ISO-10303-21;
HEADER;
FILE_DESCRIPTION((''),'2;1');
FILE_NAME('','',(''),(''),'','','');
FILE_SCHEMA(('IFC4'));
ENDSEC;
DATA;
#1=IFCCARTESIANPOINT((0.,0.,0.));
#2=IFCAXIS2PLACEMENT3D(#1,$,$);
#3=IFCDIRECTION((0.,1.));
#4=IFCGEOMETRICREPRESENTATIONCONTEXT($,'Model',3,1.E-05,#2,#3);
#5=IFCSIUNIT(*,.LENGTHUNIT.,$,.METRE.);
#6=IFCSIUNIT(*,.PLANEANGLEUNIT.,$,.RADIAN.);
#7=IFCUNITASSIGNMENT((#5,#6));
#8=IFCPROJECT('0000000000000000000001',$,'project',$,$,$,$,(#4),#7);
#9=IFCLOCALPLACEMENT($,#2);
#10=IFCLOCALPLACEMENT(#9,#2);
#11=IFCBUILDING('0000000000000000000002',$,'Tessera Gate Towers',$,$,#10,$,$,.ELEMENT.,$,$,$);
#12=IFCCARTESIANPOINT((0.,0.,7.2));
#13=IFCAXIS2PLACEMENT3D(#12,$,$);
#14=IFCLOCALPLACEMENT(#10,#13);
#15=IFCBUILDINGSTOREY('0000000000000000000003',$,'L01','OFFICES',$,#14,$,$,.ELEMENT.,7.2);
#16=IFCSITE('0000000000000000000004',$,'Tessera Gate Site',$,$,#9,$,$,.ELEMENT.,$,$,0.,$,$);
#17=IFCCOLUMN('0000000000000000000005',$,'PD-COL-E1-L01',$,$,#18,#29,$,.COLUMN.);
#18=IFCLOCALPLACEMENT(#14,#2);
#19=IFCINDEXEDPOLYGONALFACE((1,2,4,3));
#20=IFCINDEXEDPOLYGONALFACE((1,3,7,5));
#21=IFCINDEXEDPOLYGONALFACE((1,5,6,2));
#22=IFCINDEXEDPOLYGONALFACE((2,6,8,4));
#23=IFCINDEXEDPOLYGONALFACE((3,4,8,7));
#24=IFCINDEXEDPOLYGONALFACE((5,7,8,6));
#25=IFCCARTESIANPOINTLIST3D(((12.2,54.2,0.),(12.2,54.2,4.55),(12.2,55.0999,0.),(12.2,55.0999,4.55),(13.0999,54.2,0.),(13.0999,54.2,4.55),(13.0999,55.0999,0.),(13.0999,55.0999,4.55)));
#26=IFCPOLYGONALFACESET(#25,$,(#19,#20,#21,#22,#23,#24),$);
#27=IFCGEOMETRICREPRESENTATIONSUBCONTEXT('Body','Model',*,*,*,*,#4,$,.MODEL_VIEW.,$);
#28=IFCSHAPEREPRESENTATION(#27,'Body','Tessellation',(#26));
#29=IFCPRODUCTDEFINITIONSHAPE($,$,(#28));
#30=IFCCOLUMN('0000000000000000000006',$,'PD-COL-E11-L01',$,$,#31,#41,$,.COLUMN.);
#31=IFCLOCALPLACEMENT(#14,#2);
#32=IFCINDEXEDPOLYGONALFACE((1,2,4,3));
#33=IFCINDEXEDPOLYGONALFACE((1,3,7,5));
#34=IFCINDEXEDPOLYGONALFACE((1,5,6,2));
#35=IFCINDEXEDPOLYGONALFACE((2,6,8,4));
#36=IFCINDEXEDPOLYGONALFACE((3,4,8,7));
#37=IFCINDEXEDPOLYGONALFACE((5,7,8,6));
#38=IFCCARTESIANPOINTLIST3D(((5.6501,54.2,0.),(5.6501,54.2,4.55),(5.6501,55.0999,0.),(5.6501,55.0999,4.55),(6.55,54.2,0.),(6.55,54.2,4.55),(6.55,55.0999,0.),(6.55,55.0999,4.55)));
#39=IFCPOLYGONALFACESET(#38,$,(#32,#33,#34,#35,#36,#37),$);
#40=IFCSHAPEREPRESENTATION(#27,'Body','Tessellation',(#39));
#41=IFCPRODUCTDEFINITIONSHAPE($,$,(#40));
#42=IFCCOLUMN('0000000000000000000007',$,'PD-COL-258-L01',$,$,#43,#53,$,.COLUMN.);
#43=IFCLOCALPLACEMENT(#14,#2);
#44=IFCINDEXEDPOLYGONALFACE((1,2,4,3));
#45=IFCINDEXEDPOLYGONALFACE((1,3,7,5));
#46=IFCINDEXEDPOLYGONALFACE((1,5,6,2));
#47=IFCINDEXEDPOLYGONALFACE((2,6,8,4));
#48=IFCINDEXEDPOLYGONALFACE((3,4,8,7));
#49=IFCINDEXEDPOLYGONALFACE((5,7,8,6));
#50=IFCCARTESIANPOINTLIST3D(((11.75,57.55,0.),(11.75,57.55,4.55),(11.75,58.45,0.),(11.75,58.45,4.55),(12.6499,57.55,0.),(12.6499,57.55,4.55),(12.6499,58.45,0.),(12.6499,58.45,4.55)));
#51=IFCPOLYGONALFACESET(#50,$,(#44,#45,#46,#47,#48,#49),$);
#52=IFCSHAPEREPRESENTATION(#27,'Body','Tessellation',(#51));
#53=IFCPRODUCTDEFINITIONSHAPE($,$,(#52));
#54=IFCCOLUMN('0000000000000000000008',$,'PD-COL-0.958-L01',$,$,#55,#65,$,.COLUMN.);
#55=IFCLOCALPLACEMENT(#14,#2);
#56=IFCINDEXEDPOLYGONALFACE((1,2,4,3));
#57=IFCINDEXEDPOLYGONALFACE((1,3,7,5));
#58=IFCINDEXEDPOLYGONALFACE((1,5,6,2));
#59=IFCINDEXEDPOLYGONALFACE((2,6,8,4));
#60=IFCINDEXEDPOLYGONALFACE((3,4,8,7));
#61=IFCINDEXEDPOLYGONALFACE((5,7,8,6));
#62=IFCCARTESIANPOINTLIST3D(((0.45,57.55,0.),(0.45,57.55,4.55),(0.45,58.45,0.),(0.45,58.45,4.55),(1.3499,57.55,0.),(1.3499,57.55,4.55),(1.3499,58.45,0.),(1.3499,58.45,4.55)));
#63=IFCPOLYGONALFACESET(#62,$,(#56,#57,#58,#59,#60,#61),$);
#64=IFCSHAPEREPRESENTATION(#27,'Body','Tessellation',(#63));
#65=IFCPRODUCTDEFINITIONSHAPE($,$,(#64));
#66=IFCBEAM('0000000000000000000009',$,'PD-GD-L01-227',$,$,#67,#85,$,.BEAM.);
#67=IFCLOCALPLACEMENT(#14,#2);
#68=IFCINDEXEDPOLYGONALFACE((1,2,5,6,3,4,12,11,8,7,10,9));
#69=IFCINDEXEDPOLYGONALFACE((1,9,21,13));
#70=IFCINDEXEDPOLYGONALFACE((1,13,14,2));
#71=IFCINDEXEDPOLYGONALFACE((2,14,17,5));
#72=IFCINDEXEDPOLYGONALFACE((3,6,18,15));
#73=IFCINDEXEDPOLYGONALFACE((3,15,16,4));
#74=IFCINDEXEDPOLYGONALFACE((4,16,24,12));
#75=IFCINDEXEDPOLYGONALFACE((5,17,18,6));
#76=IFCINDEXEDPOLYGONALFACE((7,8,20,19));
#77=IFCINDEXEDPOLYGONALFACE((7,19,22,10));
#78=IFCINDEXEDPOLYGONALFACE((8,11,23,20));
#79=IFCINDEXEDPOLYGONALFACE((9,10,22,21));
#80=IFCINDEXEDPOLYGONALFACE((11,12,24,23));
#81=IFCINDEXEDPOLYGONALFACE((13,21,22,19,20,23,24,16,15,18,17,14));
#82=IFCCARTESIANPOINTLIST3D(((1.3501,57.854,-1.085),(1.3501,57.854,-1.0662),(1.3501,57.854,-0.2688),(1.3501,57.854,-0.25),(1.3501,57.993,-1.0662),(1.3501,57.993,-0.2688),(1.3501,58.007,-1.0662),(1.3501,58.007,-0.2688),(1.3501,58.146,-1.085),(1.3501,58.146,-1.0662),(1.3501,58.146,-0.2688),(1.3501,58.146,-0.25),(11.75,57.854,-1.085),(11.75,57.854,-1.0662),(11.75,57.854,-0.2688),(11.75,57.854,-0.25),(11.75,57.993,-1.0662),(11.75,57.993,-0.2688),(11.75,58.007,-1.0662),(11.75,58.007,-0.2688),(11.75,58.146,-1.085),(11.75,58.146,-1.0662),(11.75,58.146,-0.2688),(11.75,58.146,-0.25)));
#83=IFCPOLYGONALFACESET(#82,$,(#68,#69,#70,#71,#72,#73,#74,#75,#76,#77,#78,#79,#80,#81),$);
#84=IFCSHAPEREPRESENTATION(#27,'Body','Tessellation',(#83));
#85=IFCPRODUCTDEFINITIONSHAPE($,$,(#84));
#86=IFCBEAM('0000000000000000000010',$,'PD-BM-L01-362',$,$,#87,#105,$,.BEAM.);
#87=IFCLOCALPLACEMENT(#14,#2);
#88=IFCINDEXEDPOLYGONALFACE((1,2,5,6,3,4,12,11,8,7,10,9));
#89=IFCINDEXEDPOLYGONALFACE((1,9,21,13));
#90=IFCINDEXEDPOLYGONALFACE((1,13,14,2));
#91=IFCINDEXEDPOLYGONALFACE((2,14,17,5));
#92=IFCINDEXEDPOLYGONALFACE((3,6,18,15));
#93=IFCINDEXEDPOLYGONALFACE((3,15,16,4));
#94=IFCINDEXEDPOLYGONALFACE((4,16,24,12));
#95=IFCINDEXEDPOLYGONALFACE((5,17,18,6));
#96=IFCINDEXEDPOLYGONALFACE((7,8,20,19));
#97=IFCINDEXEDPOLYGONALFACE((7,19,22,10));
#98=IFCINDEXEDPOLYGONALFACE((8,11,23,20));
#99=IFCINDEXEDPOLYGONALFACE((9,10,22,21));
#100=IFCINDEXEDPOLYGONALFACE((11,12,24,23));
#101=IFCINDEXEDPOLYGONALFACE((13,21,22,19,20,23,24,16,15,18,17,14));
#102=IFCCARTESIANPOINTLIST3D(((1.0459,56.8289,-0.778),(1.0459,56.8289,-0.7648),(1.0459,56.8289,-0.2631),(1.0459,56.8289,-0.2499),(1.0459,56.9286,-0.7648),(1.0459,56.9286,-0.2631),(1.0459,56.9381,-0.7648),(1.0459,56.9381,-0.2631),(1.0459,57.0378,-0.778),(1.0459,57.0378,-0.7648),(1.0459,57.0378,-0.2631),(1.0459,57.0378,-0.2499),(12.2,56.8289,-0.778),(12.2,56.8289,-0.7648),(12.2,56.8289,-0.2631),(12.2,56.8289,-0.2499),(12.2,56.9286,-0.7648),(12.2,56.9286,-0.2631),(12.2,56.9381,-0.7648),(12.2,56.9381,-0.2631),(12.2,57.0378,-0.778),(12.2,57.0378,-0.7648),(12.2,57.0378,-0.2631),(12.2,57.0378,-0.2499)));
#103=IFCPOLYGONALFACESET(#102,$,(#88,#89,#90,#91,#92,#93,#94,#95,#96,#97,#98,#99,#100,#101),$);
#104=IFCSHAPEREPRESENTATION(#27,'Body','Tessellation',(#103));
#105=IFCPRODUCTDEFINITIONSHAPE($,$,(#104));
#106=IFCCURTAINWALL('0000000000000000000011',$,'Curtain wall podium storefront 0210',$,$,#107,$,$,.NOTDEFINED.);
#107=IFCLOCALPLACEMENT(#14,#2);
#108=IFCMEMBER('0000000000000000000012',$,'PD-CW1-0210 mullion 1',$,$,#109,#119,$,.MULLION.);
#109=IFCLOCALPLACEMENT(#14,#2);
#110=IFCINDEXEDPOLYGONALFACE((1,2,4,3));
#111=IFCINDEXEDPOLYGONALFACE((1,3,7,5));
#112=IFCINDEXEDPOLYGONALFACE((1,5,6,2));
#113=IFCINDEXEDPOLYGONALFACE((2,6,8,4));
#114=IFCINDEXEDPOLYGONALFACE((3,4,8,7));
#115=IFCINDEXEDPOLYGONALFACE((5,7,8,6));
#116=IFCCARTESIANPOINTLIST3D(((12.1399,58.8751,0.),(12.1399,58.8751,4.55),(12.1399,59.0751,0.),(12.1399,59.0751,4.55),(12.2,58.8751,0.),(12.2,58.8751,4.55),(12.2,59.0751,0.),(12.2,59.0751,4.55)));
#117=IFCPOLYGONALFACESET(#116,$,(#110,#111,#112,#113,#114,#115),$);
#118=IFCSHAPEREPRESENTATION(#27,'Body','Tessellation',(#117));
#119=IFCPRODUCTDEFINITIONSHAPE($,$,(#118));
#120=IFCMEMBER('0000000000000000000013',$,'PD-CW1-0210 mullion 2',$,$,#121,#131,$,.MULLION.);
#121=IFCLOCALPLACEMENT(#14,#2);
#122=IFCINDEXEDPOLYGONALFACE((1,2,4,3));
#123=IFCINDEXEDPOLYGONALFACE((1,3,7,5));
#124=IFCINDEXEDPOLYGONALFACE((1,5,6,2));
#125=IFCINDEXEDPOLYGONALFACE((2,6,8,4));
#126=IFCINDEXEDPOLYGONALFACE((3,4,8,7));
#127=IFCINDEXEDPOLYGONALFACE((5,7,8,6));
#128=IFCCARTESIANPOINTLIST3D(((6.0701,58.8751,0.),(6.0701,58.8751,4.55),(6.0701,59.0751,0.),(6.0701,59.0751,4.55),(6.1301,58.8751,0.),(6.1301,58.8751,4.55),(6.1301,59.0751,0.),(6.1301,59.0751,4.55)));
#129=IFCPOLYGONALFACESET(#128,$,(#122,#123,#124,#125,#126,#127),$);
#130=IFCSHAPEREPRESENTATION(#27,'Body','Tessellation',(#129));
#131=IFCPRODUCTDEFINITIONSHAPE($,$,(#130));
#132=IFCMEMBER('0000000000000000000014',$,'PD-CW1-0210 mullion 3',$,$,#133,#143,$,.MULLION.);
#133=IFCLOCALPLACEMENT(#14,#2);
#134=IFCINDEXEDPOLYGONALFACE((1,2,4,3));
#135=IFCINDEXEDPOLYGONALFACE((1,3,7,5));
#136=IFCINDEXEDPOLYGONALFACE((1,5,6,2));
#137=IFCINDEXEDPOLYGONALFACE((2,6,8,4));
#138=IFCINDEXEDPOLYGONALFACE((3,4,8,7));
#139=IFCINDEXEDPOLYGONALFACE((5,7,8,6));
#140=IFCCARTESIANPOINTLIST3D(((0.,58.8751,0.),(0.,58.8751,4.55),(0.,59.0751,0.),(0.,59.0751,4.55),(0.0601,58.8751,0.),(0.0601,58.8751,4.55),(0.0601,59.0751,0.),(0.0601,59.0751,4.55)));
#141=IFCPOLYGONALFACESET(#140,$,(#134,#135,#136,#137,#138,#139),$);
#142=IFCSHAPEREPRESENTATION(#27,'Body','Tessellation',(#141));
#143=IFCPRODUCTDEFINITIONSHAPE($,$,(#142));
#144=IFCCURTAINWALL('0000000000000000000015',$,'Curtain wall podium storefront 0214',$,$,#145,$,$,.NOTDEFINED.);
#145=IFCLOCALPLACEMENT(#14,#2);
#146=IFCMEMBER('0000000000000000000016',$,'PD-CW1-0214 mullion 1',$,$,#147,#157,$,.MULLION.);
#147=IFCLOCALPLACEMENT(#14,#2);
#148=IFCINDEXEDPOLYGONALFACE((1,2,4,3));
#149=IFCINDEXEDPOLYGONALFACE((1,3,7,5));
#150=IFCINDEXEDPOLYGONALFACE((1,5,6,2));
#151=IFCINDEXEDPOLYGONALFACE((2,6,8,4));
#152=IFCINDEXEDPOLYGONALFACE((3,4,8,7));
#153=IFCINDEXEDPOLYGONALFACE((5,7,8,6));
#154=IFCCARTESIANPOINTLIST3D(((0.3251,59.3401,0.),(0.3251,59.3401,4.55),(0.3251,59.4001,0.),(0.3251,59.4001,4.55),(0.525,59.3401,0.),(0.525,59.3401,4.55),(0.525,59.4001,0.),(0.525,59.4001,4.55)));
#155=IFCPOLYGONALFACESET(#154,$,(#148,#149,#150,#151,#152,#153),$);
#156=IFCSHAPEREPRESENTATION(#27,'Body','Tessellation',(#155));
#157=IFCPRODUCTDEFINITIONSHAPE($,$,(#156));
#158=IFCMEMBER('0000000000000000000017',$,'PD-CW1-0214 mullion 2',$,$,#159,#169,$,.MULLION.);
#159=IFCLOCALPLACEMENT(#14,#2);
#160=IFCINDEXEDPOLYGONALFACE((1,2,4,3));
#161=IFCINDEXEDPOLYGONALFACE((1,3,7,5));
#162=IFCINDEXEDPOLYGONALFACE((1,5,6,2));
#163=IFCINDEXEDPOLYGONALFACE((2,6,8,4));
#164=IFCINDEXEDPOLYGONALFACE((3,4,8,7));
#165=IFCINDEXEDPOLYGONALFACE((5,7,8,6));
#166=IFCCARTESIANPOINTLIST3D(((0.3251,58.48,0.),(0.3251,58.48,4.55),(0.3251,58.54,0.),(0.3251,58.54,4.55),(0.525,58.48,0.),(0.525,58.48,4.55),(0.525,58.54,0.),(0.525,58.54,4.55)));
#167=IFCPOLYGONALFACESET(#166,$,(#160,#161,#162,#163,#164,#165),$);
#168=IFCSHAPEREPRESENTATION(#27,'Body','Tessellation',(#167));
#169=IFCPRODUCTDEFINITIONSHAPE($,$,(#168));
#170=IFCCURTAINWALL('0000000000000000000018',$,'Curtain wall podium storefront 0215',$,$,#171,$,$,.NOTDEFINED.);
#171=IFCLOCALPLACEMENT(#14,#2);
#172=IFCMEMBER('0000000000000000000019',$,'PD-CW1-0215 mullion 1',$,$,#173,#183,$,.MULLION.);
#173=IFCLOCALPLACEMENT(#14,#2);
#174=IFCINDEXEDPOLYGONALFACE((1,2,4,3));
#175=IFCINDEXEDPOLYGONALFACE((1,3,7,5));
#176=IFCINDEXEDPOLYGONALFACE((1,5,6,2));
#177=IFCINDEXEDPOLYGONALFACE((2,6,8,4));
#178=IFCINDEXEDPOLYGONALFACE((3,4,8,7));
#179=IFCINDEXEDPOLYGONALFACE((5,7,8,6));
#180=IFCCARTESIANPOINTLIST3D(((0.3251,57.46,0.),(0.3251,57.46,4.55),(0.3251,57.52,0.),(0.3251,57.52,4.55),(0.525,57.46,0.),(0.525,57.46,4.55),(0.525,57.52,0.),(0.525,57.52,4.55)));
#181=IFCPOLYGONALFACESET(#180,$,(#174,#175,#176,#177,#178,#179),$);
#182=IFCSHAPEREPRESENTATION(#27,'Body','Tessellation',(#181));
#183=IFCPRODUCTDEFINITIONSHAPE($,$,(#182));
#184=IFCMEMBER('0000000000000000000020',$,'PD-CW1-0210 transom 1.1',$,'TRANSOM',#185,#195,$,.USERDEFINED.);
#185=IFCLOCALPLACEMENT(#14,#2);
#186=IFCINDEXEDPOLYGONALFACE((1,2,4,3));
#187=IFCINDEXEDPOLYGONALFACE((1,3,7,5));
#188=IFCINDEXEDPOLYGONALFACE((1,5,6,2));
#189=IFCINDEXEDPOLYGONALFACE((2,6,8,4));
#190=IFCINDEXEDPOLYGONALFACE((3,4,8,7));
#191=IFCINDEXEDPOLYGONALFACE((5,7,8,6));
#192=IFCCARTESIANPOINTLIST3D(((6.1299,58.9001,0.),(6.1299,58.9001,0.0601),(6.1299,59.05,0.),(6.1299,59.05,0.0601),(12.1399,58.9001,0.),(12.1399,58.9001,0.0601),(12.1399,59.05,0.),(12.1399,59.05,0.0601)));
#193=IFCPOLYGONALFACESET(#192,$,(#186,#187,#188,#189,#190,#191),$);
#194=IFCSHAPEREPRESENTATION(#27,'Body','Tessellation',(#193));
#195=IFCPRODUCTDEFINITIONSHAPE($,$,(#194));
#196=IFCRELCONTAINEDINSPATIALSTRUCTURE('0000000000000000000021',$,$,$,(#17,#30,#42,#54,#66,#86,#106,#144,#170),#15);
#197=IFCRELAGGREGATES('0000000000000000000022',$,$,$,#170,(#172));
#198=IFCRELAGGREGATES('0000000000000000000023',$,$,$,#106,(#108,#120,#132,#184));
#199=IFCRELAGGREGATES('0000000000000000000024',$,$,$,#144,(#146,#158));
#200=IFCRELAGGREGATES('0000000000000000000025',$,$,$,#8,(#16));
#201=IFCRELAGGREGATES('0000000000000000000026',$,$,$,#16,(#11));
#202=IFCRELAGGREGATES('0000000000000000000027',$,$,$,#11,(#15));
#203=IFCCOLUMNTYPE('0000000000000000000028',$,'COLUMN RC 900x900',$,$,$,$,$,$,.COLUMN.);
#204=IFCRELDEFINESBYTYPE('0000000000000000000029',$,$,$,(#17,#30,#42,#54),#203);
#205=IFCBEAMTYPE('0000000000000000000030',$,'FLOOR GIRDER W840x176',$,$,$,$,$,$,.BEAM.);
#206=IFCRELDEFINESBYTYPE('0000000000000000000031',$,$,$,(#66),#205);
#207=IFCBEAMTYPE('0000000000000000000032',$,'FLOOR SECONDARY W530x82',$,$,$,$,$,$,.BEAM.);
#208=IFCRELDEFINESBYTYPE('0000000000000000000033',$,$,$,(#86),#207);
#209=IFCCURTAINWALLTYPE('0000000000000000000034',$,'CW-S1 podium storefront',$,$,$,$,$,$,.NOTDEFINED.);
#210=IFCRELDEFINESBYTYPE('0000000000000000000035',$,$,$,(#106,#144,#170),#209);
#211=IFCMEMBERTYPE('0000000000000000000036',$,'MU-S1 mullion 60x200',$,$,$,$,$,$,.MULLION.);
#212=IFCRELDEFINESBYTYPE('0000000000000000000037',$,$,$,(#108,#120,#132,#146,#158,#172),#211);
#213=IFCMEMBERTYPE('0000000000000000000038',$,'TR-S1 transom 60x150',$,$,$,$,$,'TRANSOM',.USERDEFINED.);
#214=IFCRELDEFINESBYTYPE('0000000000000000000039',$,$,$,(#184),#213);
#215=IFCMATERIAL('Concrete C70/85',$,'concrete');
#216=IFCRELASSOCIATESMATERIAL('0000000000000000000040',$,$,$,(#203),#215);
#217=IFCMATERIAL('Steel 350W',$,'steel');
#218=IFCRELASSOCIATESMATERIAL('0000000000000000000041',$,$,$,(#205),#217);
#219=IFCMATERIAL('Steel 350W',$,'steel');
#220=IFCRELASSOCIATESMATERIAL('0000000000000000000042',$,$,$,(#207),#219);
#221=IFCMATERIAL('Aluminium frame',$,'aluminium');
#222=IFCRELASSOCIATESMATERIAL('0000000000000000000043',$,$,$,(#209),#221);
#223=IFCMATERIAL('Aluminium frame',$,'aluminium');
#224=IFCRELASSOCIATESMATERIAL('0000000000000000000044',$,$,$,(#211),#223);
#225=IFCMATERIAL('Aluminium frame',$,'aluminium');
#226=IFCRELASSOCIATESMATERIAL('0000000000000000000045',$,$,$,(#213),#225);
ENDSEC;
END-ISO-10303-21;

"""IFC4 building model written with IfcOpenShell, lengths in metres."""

from ifc_helpers import new_model, si_unit, direction, frame, origin, origin_2d, place, context, subcontext, project, spatial, rectangle, i_section, extrude, material, material_profile, profile_set, type_object, element, aggregate, save


model = new_model("IFC4")

# Units and contexts
model_context = context("Model", 3, precision=1e-05, world=origin(), true_north=direction((0.0, 1.0)))
body_context = subcontext(model_context, "Body", "Model", "MODEL_VIEW")
ifc_project = project(units=[si_unit("LENGTHUNIT", "METRE"), si_unit("PLANEANGLEUNIT", "RADIAN")], contexts=[model_context])

# Site, building, storey
site_placement = place(None, origin())
site = spatial("IfcSite", under=ifc_project, at=site_placement, Name="Tessera Gate Site", CompositionType="ELEMENT", RefElevation=0.0)
building_placement = place(site_placement, origin())
building = spatial("IfcBuilding", under=site, at=building_placement, Name="Tessera Gate Towers", CompositionType="ELEMENT")
storey_placement = place(building_placement, frame((0.0, 0.0, 7.2)))
storey = spatial("IfcBuildingStorey", under=building, at=storey_placement, Name="L01", Description="OFFICES", CompositionType="ELEMENT", Elevation=7.2)

# Columns
ifc_material_1 = material(Name="Concrete C70/85", Category="concrete")
ifc_material_profile_1 = material_profile(ifc_material_1, rectangle(XDim=0.8999, YDim=0.8999, at=origin_2d()), Name="RC 900x900")
ifc_profile_set_1 = profile_set([ifc_material_profile_1], Name="Concrete C70/85")
column_type = type_object("IfcColumnType", Name="COLUMN RC 900x900", PredefinedType="COLUMN", material=ifc_profile_set_1)
for number, where, z_axis, x_axis, name in (
    (1, (12.6499, 54.6499, 0.0), (0.0, 0.0, 1.0), (1.0, 0.0, 0.0), "PD-COL-E1-L01"),
    (2, (6.1001, 54.6499, 0.0), (0.0, 0.0, 1.0), (1.0, 0.0, 0.0), "PD-COL-E11-L01"),
    (3, (12.2, 58.0, 0.0), (0.0, 0.0, 1.0), (1.0, 0.0, 0.0), "PD-COL-258-L01"),
    (4, (0.8999, 58.0, 0.0), (0.0, 0.0, 1.0), (1.0, 0.0, 0.0), "PD-COL-0.958-L01"),
):
    element("IfcColumn", number, at=place(storey_placement, frame(where, z_axis=z_axis, x_axis=x_axis)), inside=storey, type_object=column_type, Name=name, PredefinedType="COLUMN", context=body_context, shape_type="SweptSolid", body=[
        extrude(rectangle(XDim=0.8999, YDim=0.8999, at=origin_2d()), origin(), (0.0, 0.0, 1.0), 4.55),
    ])

# Beams
ifc_material_2 = material(Name="Steel 350W", Category="steel")
ifc_material_profile_2 = material_profile(ifc_material_2, i_section(OverallWidth=0.292, OverallDepth=0.835, WebThickness=0.0139, FlangeThickness=0.0188, at=origin_2d()), Name="W840x176")
ifc_profile_set_2 = profile_set([ifc_material_profile_2], Name="Steel 350W")
beam_type_1 = type_object("IfcBeamType", Name="FLOOR GIRDER W840x176", PredefinedType="BEAM", material=ifc_profile_set_2)
beam_1_placement = place(storey_placement, frame((1.3501, 58.0, -0.6675), z_axis=(1.0, 0.0, 0.0), x_axis=(0.0, 1.0, 0.0)))
element("IfcBeam", 5, at=beam_1_placement, inside=storey, type_object=beam_type_1, Name="PD-GD-L01-227", PredefinedType="BEAM", context=body_context, shape_type="SweptSolid", body=[
    extrude(i_section(OverallWidth=0.292, OverallDepth=0.835, WebThickness=0.0139, FlangeThickness=0.0188, at=origin_2d()), origin(), (0.0, 0.0, 1.0), 10.3999),
])
ifc_material_3 = material(Name="Steel 350W", Category="steel")
ifc_material_profile_3 = material_profile(ifc_material_3, i_section(OverallWidth=0.209, OverallDepth=0.5281, WebThickness=0.0095, FlangeThickness=0.0132, at=origin_2d()), Name="W530x82")
ifc_profile_set_3 = profile_set([ifc_material_profile_3], Name="Steel 350W")
beam_type_2 = type_object("IfcBeamType", Name="FLOOR SECONDARY W530x82", PredefinedType="BEAM", material=ifc_profile_set_3)
beam_2_placement = place(storey_placement, frame((1.0459, 56.9333, -0.5139), z_axis=(1.0, 0.0, 0.0), x_axis=(0.0, 1.0, 0.0)))
element("IfcBeam", 6, at=beam_2_placement, inside=storey, type_object=beam_type_2, Name="PD-BM-L01-362", PredefinedType="BEAM", context=body_context, shape_type="SweptSolid", body=[
    extrude(i_section(OverallWidth=0.209, OverallDepth=0.5281, WebThickness=0.0095, FlangeThickness=0.0132, at=origin_2d()), origin(), (0.0, 0.0, 1.0), 11.1541),
])

# Curtain walls, members
ifc_material_4 = material(Name="Aluminium frame", Category="aluminium")
curtain_wall_type = type_object("IfcCurtainWallType", Name="CW-S1 podium storefront", PredefinedType="NOTDEFINED", material=ifc_material_4)
curtain_wall_1_placement = place(storey_placement, origin())
curtain_wall_1 = element("IfcCurtainWall", 7, at=curtain_wall_1_placement, inside=storey, type_object=curtain_wall_type, Name="Curtain wall podium storefront 0210", PredefinedType="NOTDEFINED")
ifc_material_5 = material(Name="Aluminium frame", Category="aluminium")
ifc_material_profile_4 = material_profile(ifc_material_5, rectangle(XDim=0.0601, YDim=0.2, at=origin_2d()), Name="AL 60x200")
ifc_profile_set_4 = profile_set([ifc_material_profile_4], Name="Aluminium frame")
member_type_1 = type_object("IfcMemberType", Name="MU-S1 mullion 60x200", PredefinedType="MULLION", material=ifc_profile_set_4)
member_1_placement = place(storey_placement, frame((12.1699, 58.9751, 0.0), z_axis=(0.0, 0.0, 1.0), x_axis=(-1.0, 0.0, 0.0)))
member_1 = element("IfcMember", 8, at=member_1_placement, type_object=member_type_1, Name="PD-CW1-0210 mullion 1", PredefinedType="MULLION", context=body_context, shape_type="SweptSolid", body=[
    extrude(rectangle(XDim=0.0601, YDim=0.2, at=origin_2d()), origin(), (0.0, 0.0, 1.0), 4.55),
])
member_2_placement = place(storey_placement, frame((6.1001, 58.9751, 0.0), z_axis=(0.0, 0.0, 1.0), x_axis=(-1.0, 0.0, 0.0)))
member_2 = element("IfcMember", 9, at=member_2_placement, type_object=member_type_1, Name="PD-CW1-0210 mullion 2", PredefinedType="MULLION", context=body_context, shape_type="SweptSolid", body=[
    extrude(rectangle(XDim=0.0601, YDim=0.2, at=origin_2d()), origin(), (0.0, 0.0, 1.0), 4.55),
])
member_3_placement = place(storey_placement, frame((0.03, 58.9751, 0.0), z_axis=(0.0, 0.0, 1.0), x_axis=(-1.0, 0.0, 0.0)))
member_3 = element("IfcMember", 10, at=member_3_placement, type_object=member_type_1, Name="PD-CW1-0210 mullion 3", PredefinedType="MULLION", context=body_context, shape_type="SweptSolid", body=[
    extrude(rectangle(XDim=0.0601, YDim=0.2, at=origin_2d()), origin(), (0.0, 0.0, 1.0), 4.55),
])
curtain_wall_2_placement = place(storey_placement, origin())
curtain_wall_2 = element("IfcCurtainWall", 11, at=curtain_wall_2_placement, inside=storey, type_object=curtain_wall_type, Name="Curtain wall podium storefront 0214", PredefinedType="NOTDEFINED")
member_4_placement = place(storey_placement, frame((0.425, 59.3701, 0.0), z_axis=(0.0, 0.0, 1.0), x_axis=(0.0, -1.0, 0.0)))
member_4 = element("IfcMember", 12, at=member_4_placement, type_object=member_type_1, Name="PD-CW1-0214 mullion 1", PredefinedType="MULLION", context=body_context, shape_type="SweptSolid", body=[
    extrude(rectangle(XDim=0.0601, YDim=0.2, at=origin_2d()), origin(), (0.0, 0.0, 1.0), 4.55),
])
member_5_placement = place(storey_placement, frame((0.425, 58.51, 0.0), z_axis=(0.0, 0.0, 1.0), x_axis=(0.0, -1.0, 0.0)))
member_5 = element("IfcMember", 13, at=member_5_placement, type_object=member_type_1, Name="PD-CW1-0214 mullion 2", PredefinedType="MULLION", context=body_context, shape_type="SweptSolid", body=[
    extrude(rectangle(XDim=0.0601, YDim=0.2, at=origin_2d()), origin(), (0.0, 0.0, 1.0), 4.55),
])

# Curtain wall, member
curtain_wall_3_placement = place(storey_placement, origin())
curtain_wall_3 = element("IfcCurtainWall", 14, at=curtain_wall_3_placement, inside=storey, type_object=curtain_wall_type, Name="Curtain wall podium storefront 0215", PredefinedType="NOTDEFINED")
member_6_placement = place(storey_placement, frame((0.425, 57.49, 0.0), z_axis=(0.0, 0.0, 1.0), x_axis=(0.0, -1.0, 0.0)))
member_6 = element("IfcMember", 15, at=member_6_placement, type_object=member_type_1, Name="PD-CW1-0215 mullion 1", PredefinedType="MULLION", context=body_context, shape_type="SweptSolid", body=[
    extrude(rectangle(XDim=0.0601, YDim=0.2, at=origin_2d()), origin(), (0.0, 0.0, 1.0), 4.55),
])

# Member
ifc_material_6 = material(Name="Aluminium frame", Category="aluminium")
ifc_material_profile_5 = material_profile(ifc_material_6, rectangle(XDim=0.1499, YDim=0.0601, at=origin_2d()), Name="AL 60x150")
ifc_profile_set_5 = profile_set([ifc_material_profile_5], Name="Aluminium frame")
member_type_2 = type_object("IfcMemberType", Name="TR-S1 transom 60x150", ElementType="TRANSOM", PredefinedType="USERDEFINED", material=ifc_profile_set_5)
member_7_placement = place(storey_placement, frame((12.1399, 58.9751, 0.03), z_axis=(-1.0, 0.0, 0.0), x_axis=(0.0, -1.0, 0.0)))
member_7 = element("IfcMember", 16, at=member_7_placement, type_object=member_type_2, Name="PD-CW1-0210 transom 1.1", ObjectType="TRANSOM", PredefinedType="USERDEFINED", context=body_context, shape_type="SweptSolid", body=[
    extrude(rectangle(XDim=0.1499, YDim=0.0601, at=origin_2d()), origin(), (0.0, 0.0, 1.0), 6.01),
])
aggregate(curtain_wall_3, [member_6])

aggregate(curtain_wall_1, [member_1, member_2, member_3, member_7])
aggregate(curtain_wall_2, [member_4, member_5])

save(model, "model.ifc")
